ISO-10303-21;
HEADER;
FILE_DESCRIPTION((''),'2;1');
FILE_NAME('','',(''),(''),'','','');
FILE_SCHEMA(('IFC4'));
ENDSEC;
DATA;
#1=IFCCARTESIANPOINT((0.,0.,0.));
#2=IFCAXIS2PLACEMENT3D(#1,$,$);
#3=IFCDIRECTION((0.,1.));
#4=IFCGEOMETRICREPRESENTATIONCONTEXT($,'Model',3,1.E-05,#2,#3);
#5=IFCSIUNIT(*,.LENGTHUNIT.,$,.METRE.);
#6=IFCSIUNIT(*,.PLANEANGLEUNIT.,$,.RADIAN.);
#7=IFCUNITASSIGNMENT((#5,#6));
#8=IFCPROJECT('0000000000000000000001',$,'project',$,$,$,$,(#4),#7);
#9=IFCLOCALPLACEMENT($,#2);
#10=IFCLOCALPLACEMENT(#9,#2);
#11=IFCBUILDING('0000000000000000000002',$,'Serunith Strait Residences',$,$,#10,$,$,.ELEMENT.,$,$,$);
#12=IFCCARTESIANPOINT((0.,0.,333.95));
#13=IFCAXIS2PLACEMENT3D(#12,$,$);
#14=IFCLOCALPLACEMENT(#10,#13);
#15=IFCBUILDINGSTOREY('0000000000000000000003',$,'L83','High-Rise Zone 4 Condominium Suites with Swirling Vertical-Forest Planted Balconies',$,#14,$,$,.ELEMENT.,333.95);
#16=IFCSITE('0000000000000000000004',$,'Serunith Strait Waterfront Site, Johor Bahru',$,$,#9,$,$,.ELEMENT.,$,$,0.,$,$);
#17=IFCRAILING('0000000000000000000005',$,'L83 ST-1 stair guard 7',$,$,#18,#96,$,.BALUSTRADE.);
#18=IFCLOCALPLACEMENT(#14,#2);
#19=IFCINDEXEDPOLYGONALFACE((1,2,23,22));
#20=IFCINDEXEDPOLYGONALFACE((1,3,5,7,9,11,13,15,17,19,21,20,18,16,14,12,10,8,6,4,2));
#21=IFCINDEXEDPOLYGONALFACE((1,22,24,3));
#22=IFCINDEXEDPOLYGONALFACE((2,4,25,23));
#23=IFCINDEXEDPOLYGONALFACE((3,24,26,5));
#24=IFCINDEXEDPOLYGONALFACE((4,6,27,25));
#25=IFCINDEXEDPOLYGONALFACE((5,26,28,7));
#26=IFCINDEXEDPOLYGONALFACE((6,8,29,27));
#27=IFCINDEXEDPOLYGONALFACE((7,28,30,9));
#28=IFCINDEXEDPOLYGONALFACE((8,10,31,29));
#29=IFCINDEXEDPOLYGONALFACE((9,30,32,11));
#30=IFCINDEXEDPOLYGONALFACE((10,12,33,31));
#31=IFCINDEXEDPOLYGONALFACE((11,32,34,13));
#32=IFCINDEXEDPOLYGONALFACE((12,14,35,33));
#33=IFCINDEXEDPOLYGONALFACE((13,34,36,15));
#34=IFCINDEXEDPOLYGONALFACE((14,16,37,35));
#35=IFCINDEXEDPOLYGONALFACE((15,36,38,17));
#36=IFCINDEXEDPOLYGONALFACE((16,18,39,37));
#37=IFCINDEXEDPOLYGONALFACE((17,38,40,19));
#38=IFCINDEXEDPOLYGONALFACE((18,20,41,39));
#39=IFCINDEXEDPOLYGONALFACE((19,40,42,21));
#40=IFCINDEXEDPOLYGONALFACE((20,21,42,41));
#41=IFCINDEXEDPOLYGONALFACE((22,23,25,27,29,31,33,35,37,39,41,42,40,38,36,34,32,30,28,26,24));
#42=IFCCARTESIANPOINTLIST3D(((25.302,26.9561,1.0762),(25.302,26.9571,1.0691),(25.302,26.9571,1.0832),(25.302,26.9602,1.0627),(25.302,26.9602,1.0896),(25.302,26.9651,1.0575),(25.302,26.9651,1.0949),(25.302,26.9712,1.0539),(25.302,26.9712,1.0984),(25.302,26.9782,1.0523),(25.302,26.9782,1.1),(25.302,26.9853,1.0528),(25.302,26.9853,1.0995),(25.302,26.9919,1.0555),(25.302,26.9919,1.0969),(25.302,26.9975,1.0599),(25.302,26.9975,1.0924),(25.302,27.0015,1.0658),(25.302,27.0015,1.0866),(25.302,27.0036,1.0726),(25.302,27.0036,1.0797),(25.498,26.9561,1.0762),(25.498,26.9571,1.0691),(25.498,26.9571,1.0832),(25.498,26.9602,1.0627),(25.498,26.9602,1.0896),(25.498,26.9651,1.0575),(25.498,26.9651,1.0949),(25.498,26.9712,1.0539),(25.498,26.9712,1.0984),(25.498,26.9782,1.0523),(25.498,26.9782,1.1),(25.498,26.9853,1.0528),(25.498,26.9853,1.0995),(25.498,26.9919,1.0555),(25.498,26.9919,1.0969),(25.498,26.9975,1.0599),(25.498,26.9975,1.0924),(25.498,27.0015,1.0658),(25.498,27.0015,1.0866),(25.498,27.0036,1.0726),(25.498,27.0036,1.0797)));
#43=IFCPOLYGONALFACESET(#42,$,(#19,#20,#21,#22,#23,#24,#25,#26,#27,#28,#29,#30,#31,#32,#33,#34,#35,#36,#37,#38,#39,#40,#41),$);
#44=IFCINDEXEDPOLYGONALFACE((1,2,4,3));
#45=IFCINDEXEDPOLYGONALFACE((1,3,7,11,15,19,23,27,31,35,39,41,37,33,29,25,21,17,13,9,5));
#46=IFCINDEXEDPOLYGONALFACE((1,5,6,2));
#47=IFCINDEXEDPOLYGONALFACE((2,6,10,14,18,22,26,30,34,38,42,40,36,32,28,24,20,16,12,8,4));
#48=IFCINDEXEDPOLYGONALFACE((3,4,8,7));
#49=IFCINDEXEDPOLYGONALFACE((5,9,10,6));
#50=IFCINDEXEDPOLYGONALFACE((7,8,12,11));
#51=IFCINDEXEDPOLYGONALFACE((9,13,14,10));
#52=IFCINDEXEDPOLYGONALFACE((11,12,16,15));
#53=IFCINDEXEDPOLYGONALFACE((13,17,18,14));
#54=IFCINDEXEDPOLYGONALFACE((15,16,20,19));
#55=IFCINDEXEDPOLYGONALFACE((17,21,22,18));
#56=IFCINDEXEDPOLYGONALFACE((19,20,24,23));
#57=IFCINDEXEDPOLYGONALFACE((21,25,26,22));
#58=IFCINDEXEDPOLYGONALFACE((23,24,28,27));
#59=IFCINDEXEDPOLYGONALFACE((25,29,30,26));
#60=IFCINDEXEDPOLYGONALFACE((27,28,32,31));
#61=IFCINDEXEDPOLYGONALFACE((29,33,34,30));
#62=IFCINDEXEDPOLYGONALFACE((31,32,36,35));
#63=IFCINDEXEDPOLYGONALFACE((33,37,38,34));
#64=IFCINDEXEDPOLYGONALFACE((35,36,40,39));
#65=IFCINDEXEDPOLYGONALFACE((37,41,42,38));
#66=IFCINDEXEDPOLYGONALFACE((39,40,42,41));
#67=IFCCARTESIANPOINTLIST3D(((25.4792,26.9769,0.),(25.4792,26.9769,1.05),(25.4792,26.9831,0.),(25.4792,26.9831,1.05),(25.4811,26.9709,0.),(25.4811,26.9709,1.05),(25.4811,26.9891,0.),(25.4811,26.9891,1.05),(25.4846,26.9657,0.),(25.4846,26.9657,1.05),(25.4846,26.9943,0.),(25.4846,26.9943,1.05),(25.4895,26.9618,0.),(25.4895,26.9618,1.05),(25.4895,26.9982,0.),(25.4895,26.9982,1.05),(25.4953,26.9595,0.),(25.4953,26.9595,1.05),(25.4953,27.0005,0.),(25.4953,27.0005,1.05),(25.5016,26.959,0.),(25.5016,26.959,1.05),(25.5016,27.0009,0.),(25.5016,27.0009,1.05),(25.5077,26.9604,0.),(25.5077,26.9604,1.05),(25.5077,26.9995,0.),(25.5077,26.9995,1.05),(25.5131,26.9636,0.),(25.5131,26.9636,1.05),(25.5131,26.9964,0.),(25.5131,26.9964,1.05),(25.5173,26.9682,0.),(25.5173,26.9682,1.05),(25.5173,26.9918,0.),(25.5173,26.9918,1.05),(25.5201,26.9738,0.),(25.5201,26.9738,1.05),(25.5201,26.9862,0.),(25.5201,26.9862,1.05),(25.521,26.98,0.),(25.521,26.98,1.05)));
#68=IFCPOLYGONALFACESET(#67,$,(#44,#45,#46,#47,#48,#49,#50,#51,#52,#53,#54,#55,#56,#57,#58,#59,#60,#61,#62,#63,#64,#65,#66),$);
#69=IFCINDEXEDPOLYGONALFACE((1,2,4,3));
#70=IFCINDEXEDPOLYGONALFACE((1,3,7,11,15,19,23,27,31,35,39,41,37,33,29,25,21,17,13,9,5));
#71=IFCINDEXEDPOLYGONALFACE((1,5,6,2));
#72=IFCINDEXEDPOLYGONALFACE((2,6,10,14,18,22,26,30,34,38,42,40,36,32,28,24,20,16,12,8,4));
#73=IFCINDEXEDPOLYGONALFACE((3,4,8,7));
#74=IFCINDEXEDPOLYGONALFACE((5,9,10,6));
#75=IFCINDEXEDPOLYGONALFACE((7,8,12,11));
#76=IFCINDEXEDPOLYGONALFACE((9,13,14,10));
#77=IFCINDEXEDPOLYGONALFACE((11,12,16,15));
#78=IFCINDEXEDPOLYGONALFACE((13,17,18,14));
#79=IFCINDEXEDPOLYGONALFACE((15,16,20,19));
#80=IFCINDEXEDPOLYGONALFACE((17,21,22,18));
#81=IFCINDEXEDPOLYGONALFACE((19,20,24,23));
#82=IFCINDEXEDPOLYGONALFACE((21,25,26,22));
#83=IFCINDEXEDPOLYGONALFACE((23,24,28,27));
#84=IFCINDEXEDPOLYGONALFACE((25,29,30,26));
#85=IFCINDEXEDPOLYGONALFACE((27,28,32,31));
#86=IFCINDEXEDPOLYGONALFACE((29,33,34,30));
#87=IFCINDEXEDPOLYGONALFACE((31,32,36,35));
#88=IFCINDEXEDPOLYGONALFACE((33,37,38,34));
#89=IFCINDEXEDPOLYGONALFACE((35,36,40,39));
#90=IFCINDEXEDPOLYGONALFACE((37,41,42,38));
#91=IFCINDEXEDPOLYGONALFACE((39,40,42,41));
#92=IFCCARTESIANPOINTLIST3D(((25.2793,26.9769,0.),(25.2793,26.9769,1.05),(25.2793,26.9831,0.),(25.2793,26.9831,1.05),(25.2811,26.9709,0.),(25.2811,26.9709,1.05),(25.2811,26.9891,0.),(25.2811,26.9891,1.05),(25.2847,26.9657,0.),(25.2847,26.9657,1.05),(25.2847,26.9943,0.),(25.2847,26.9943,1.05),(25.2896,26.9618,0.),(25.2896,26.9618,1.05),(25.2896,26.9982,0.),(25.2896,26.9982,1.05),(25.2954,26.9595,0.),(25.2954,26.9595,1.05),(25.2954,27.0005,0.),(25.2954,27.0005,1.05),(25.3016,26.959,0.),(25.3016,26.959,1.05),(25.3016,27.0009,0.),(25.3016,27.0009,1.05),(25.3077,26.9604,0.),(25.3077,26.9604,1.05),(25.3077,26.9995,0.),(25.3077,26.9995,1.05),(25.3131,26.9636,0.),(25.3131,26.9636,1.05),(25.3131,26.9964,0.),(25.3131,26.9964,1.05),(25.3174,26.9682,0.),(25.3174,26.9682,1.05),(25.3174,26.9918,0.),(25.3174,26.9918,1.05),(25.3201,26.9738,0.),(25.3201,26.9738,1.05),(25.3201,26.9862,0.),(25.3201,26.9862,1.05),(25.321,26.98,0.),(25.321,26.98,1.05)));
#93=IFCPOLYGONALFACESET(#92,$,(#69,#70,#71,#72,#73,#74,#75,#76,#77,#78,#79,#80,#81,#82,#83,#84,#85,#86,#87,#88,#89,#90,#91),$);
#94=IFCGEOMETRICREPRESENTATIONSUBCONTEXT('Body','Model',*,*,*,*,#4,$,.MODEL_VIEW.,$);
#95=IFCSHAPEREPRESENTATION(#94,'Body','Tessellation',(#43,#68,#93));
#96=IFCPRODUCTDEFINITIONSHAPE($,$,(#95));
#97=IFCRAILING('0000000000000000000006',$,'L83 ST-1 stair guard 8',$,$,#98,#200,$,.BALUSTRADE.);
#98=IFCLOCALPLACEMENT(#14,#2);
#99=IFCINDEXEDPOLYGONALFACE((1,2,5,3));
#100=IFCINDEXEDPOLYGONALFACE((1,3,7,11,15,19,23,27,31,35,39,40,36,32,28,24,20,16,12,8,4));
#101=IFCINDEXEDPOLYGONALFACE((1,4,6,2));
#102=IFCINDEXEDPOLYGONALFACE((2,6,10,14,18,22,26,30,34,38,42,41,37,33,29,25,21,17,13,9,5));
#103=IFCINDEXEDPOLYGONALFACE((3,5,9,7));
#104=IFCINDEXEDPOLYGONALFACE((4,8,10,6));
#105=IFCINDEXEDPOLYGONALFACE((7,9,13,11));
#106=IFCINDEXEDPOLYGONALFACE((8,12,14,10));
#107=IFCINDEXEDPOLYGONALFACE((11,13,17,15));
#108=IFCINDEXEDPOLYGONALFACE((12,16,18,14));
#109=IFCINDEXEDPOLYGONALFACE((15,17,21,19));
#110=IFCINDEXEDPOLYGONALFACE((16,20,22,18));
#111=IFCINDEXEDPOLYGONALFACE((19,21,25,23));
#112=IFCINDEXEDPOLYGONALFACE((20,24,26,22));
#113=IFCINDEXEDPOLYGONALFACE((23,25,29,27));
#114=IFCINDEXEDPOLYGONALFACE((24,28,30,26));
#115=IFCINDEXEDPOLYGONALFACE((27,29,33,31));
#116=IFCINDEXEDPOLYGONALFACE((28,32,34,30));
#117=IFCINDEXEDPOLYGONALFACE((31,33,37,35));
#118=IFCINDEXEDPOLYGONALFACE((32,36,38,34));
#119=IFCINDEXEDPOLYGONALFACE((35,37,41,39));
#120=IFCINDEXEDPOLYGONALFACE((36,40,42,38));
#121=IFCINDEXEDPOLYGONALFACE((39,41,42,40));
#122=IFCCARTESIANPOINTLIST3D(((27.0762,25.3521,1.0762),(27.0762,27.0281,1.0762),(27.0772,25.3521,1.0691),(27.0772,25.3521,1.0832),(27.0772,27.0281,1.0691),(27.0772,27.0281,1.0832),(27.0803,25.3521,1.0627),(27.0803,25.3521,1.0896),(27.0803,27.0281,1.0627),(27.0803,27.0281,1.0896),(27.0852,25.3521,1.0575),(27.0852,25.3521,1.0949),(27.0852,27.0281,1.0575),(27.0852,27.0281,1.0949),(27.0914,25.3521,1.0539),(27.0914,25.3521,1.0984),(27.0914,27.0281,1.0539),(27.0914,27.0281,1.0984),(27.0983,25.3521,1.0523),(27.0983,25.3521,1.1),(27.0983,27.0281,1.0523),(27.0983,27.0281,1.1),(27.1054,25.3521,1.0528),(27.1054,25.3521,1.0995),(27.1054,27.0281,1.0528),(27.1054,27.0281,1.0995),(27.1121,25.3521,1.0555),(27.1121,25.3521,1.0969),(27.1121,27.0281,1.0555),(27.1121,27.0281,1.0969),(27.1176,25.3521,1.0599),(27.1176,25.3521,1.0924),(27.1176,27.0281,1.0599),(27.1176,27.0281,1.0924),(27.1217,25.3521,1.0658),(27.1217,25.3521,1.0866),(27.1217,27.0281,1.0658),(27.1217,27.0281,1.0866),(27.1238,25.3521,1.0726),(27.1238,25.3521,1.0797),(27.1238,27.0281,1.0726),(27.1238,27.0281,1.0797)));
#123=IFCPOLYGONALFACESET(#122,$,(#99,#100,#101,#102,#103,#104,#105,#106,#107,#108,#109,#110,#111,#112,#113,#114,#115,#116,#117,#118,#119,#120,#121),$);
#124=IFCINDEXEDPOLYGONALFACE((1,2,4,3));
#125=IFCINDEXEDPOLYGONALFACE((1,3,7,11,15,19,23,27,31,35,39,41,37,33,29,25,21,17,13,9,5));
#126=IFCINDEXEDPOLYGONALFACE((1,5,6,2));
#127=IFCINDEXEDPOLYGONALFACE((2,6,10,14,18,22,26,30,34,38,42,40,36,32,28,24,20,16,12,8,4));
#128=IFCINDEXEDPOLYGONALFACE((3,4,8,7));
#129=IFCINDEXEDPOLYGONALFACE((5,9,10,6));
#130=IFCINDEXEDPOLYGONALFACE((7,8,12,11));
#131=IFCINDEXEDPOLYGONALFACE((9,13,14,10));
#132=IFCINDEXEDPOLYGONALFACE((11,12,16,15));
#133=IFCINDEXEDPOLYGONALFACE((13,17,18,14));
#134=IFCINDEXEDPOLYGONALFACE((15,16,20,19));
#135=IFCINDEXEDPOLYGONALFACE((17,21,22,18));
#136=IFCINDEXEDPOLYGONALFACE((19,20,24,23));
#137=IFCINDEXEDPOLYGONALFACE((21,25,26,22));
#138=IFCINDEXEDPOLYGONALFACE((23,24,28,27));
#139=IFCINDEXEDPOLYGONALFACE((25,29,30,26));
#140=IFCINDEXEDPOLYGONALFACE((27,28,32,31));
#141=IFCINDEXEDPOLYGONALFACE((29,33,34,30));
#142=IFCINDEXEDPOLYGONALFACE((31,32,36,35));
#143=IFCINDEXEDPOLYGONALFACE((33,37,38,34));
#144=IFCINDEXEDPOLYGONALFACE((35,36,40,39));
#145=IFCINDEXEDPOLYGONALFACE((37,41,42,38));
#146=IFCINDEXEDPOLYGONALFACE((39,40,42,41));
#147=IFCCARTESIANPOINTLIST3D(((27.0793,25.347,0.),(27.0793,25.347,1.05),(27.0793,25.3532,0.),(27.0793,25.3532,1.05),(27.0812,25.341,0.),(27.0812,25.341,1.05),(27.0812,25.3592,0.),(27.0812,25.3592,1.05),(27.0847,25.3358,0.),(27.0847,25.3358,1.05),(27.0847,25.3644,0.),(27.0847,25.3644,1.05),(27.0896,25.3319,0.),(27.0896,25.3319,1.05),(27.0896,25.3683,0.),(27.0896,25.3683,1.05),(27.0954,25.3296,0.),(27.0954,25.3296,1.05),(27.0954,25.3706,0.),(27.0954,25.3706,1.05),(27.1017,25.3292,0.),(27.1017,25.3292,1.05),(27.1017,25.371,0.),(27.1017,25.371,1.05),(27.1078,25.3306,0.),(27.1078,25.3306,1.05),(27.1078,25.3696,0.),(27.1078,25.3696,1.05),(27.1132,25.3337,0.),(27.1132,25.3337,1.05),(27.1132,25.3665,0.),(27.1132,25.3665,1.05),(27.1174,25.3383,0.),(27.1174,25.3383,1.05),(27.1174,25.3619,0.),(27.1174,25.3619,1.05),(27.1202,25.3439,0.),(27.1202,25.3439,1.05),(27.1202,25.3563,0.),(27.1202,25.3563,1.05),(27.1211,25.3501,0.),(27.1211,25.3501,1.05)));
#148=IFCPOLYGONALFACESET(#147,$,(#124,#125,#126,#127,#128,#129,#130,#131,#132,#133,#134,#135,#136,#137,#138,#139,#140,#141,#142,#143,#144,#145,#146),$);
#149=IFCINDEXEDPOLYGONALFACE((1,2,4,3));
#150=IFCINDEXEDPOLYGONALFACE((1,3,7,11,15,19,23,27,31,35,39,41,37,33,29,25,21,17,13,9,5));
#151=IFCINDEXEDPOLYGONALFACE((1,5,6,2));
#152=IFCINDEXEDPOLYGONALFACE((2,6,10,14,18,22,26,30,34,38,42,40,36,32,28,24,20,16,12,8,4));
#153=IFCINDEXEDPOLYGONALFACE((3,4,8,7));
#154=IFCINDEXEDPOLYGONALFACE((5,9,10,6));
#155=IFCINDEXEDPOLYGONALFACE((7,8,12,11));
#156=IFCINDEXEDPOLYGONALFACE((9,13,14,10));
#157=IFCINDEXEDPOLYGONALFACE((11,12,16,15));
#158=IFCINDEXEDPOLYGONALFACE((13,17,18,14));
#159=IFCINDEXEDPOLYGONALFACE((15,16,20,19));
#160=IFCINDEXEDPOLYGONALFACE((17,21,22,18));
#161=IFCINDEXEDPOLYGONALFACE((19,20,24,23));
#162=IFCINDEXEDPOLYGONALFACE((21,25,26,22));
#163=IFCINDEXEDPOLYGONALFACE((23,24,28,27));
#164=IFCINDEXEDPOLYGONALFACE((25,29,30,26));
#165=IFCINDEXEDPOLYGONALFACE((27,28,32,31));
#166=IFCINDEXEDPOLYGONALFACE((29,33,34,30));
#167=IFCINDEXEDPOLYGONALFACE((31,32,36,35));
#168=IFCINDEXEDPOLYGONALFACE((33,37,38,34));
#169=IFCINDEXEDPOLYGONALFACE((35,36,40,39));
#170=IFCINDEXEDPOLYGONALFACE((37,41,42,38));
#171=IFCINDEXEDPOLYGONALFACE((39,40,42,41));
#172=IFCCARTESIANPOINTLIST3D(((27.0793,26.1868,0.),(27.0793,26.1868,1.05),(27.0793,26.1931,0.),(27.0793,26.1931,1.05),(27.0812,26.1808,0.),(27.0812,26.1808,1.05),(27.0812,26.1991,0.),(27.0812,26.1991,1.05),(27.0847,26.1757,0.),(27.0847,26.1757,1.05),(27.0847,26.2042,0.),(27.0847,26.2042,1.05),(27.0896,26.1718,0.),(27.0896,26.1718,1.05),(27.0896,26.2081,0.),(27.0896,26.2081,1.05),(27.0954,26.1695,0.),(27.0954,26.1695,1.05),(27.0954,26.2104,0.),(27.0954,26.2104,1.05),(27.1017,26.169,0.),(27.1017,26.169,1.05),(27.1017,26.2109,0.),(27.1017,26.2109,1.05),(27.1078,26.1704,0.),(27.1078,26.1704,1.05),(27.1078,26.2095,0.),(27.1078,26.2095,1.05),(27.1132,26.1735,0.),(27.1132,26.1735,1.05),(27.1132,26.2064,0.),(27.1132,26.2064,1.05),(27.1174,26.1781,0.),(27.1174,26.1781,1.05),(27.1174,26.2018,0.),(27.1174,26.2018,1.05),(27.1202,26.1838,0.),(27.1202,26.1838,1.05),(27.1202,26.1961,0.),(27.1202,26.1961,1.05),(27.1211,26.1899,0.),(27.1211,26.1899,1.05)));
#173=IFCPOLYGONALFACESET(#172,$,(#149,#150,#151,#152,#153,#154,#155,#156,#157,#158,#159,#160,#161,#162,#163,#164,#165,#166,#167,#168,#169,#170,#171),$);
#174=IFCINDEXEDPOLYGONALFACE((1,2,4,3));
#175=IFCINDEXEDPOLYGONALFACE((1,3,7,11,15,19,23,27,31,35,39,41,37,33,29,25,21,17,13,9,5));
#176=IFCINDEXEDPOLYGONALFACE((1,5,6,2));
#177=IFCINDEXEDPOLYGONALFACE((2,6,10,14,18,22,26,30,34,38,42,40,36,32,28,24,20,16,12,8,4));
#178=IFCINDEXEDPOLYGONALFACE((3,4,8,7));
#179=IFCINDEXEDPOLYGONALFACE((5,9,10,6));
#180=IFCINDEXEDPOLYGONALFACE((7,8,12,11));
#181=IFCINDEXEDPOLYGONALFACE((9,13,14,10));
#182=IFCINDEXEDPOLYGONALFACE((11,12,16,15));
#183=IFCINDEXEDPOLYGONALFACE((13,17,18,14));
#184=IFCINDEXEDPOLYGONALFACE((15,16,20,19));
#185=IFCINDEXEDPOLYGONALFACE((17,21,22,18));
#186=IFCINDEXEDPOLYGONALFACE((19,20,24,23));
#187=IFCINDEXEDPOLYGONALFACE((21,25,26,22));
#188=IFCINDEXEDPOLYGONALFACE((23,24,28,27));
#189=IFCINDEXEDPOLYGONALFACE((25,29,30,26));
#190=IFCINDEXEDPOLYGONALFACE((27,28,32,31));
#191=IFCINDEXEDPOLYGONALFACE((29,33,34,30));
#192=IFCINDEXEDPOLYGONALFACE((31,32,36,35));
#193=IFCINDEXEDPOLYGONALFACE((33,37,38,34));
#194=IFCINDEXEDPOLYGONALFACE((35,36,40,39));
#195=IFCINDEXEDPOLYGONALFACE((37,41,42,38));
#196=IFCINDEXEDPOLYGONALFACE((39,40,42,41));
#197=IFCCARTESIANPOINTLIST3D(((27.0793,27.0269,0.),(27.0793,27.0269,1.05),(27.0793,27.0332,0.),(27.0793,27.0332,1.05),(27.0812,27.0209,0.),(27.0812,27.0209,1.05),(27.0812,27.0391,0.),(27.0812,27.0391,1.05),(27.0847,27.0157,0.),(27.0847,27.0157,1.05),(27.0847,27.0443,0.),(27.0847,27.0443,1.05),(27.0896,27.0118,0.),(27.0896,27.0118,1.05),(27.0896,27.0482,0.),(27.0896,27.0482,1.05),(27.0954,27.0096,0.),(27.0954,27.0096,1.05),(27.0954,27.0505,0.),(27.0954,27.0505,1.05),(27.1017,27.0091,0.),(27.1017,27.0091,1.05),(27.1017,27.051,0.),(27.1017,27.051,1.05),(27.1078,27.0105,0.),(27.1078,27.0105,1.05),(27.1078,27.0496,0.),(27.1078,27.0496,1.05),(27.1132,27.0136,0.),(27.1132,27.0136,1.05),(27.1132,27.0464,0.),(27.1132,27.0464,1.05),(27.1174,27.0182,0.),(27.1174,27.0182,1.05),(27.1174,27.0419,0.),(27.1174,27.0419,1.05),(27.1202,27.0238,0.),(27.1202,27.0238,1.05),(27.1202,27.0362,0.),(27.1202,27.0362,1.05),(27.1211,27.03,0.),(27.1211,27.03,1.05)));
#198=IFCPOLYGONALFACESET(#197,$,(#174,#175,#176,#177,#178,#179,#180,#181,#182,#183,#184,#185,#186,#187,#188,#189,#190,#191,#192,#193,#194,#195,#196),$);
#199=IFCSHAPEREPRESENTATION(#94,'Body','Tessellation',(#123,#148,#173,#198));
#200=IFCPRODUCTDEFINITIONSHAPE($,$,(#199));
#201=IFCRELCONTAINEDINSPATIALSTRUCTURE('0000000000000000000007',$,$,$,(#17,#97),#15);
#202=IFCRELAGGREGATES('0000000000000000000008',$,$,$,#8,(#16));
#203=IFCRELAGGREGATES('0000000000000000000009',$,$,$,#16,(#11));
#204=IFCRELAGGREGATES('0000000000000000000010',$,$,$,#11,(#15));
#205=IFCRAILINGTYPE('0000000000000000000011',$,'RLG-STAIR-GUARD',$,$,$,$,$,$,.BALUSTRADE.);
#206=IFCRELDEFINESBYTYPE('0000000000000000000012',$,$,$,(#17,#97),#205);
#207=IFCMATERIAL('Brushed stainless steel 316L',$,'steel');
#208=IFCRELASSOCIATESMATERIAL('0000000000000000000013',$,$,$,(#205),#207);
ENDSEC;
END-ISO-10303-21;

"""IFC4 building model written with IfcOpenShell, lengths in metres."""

from ifc_helpers import new_model, si_unit, direction, frame, origin, origin_2d, place, context, subcontext, project, spatial, circle, extrude, material, type_object, element, save


model = new_model("IFC4")

# Units and contexts
model_context = context("Model", 3, precision=1e-05, world=origin(), true_north=direction((0.0, 1.0)))
body_context = subcontext(model_context, "Body", "Model", "MODEL_VIEW")
ifc_project = project(units=[si_unit("LENGTHUNIT", "METRE"), si_unit("PLANEANGLEUNIT", "RADIAN")], contexts=[model_context])

# Site, building, storey
site_placement = place(None, origin())
site = spatial("IfcSite", under=ifc_project, at=site_placement, Name="Serunith Strait Waterfront Site, Johor Bahru", CompositionType="ELEMENT", RefElevation=0.0)
building_placement = place(site_placement, origin())
building = spatial("IfcBuilding", under=site, at=building_placement, Name="Serunith Strait Residences", CompositionType="ELEMENT")
storey_placement = place(building_placement, frame((0.0, 0.0, 333.95)))
storey = spatial("IfcBuildingStorey", under=building, at=storey_placement, Name="L83", Description="High-Rise Zone 4 Condominium Suites with Swirling Vertical-Forest Planted Balconies", CompositionType="ELEMENT", Elevation=333.95)

# Railings
ifc_material_1 = material(Name="Brushed stainless steel 316L", Category="steel")
railing_type_1 = type_object("IfcRailingType", Name="RLG-STAIR-GUARD", PredefinedType="BALUSTRADE", material=ifc_material_1)
railing_1_placement = place(storey_placement, frame((25.5, 26.98, 0.0)))
element("IfcRailing", 1, at=railing_1_placement, inside=storey, type_object=railing_type_1, Name="L83 ST-1 stair guard 7", PredefinedType="BALUSTRADE", context=body_context, shape_type="SweptSolid", body=[
    extrude(circle(Radius=0.0239, at=origin_2d()), frame((-0.002, 0.0, 1.0762), z_axis=(-1.0, 0.0, 0.0), x_axis=(0.0, -1.0, 0.0)), (0.0, 0.0, 1.0), 0.196),
    extrude(circle(Radius=0.021, at=origin_2d()), origin(), (0.0, 0.0, 1.0), 1.05),
    extrude(circle(Radius=0.021, at=origin_2d()), frame((-0.2, 0.0, 0.0)), (0.0, 0.0, 1.0), 1.05),
])
railing_2_placement = place(storey_placement, frame((27.1001, 25.3501, 0.0)))
element("IfcRailing", 2, at=railing_2_placement, inside=storey, type_object=railing_type_1, Name="L83 ST-1 stair guard 8", PredefinedType="BALUSTRADE", context=body_context, shape_type="SweptSolid", body=[
    extrude(circle(Radius=0.0239, at=origin_2d()), frame((0.0, 0.002, 1.0762), z_axis=(0.0, 1.0, 0.0), x_axis=(-1.0, 0.0, 0.0)), (0.0, 0.0, 1.0), 1.676),
    extrude(circle(Radius=0.021, at=origin_2d()), origin(), (0.0, 0.0, 1.0), 1.05),
    extrude(circle(Radius=0.021, at=origin_2d()), frame((0.0, 0.8398, 0.0)), (0.0, 0.0, 1.0), 1.05),
    extrude(circle(Radius=0.021, at=origin_2d()), frame((0.0, 1.6799, 0.0)), (0.0, 0.0, 1.0), 1.05),
])

save(model, "model.ifc")
